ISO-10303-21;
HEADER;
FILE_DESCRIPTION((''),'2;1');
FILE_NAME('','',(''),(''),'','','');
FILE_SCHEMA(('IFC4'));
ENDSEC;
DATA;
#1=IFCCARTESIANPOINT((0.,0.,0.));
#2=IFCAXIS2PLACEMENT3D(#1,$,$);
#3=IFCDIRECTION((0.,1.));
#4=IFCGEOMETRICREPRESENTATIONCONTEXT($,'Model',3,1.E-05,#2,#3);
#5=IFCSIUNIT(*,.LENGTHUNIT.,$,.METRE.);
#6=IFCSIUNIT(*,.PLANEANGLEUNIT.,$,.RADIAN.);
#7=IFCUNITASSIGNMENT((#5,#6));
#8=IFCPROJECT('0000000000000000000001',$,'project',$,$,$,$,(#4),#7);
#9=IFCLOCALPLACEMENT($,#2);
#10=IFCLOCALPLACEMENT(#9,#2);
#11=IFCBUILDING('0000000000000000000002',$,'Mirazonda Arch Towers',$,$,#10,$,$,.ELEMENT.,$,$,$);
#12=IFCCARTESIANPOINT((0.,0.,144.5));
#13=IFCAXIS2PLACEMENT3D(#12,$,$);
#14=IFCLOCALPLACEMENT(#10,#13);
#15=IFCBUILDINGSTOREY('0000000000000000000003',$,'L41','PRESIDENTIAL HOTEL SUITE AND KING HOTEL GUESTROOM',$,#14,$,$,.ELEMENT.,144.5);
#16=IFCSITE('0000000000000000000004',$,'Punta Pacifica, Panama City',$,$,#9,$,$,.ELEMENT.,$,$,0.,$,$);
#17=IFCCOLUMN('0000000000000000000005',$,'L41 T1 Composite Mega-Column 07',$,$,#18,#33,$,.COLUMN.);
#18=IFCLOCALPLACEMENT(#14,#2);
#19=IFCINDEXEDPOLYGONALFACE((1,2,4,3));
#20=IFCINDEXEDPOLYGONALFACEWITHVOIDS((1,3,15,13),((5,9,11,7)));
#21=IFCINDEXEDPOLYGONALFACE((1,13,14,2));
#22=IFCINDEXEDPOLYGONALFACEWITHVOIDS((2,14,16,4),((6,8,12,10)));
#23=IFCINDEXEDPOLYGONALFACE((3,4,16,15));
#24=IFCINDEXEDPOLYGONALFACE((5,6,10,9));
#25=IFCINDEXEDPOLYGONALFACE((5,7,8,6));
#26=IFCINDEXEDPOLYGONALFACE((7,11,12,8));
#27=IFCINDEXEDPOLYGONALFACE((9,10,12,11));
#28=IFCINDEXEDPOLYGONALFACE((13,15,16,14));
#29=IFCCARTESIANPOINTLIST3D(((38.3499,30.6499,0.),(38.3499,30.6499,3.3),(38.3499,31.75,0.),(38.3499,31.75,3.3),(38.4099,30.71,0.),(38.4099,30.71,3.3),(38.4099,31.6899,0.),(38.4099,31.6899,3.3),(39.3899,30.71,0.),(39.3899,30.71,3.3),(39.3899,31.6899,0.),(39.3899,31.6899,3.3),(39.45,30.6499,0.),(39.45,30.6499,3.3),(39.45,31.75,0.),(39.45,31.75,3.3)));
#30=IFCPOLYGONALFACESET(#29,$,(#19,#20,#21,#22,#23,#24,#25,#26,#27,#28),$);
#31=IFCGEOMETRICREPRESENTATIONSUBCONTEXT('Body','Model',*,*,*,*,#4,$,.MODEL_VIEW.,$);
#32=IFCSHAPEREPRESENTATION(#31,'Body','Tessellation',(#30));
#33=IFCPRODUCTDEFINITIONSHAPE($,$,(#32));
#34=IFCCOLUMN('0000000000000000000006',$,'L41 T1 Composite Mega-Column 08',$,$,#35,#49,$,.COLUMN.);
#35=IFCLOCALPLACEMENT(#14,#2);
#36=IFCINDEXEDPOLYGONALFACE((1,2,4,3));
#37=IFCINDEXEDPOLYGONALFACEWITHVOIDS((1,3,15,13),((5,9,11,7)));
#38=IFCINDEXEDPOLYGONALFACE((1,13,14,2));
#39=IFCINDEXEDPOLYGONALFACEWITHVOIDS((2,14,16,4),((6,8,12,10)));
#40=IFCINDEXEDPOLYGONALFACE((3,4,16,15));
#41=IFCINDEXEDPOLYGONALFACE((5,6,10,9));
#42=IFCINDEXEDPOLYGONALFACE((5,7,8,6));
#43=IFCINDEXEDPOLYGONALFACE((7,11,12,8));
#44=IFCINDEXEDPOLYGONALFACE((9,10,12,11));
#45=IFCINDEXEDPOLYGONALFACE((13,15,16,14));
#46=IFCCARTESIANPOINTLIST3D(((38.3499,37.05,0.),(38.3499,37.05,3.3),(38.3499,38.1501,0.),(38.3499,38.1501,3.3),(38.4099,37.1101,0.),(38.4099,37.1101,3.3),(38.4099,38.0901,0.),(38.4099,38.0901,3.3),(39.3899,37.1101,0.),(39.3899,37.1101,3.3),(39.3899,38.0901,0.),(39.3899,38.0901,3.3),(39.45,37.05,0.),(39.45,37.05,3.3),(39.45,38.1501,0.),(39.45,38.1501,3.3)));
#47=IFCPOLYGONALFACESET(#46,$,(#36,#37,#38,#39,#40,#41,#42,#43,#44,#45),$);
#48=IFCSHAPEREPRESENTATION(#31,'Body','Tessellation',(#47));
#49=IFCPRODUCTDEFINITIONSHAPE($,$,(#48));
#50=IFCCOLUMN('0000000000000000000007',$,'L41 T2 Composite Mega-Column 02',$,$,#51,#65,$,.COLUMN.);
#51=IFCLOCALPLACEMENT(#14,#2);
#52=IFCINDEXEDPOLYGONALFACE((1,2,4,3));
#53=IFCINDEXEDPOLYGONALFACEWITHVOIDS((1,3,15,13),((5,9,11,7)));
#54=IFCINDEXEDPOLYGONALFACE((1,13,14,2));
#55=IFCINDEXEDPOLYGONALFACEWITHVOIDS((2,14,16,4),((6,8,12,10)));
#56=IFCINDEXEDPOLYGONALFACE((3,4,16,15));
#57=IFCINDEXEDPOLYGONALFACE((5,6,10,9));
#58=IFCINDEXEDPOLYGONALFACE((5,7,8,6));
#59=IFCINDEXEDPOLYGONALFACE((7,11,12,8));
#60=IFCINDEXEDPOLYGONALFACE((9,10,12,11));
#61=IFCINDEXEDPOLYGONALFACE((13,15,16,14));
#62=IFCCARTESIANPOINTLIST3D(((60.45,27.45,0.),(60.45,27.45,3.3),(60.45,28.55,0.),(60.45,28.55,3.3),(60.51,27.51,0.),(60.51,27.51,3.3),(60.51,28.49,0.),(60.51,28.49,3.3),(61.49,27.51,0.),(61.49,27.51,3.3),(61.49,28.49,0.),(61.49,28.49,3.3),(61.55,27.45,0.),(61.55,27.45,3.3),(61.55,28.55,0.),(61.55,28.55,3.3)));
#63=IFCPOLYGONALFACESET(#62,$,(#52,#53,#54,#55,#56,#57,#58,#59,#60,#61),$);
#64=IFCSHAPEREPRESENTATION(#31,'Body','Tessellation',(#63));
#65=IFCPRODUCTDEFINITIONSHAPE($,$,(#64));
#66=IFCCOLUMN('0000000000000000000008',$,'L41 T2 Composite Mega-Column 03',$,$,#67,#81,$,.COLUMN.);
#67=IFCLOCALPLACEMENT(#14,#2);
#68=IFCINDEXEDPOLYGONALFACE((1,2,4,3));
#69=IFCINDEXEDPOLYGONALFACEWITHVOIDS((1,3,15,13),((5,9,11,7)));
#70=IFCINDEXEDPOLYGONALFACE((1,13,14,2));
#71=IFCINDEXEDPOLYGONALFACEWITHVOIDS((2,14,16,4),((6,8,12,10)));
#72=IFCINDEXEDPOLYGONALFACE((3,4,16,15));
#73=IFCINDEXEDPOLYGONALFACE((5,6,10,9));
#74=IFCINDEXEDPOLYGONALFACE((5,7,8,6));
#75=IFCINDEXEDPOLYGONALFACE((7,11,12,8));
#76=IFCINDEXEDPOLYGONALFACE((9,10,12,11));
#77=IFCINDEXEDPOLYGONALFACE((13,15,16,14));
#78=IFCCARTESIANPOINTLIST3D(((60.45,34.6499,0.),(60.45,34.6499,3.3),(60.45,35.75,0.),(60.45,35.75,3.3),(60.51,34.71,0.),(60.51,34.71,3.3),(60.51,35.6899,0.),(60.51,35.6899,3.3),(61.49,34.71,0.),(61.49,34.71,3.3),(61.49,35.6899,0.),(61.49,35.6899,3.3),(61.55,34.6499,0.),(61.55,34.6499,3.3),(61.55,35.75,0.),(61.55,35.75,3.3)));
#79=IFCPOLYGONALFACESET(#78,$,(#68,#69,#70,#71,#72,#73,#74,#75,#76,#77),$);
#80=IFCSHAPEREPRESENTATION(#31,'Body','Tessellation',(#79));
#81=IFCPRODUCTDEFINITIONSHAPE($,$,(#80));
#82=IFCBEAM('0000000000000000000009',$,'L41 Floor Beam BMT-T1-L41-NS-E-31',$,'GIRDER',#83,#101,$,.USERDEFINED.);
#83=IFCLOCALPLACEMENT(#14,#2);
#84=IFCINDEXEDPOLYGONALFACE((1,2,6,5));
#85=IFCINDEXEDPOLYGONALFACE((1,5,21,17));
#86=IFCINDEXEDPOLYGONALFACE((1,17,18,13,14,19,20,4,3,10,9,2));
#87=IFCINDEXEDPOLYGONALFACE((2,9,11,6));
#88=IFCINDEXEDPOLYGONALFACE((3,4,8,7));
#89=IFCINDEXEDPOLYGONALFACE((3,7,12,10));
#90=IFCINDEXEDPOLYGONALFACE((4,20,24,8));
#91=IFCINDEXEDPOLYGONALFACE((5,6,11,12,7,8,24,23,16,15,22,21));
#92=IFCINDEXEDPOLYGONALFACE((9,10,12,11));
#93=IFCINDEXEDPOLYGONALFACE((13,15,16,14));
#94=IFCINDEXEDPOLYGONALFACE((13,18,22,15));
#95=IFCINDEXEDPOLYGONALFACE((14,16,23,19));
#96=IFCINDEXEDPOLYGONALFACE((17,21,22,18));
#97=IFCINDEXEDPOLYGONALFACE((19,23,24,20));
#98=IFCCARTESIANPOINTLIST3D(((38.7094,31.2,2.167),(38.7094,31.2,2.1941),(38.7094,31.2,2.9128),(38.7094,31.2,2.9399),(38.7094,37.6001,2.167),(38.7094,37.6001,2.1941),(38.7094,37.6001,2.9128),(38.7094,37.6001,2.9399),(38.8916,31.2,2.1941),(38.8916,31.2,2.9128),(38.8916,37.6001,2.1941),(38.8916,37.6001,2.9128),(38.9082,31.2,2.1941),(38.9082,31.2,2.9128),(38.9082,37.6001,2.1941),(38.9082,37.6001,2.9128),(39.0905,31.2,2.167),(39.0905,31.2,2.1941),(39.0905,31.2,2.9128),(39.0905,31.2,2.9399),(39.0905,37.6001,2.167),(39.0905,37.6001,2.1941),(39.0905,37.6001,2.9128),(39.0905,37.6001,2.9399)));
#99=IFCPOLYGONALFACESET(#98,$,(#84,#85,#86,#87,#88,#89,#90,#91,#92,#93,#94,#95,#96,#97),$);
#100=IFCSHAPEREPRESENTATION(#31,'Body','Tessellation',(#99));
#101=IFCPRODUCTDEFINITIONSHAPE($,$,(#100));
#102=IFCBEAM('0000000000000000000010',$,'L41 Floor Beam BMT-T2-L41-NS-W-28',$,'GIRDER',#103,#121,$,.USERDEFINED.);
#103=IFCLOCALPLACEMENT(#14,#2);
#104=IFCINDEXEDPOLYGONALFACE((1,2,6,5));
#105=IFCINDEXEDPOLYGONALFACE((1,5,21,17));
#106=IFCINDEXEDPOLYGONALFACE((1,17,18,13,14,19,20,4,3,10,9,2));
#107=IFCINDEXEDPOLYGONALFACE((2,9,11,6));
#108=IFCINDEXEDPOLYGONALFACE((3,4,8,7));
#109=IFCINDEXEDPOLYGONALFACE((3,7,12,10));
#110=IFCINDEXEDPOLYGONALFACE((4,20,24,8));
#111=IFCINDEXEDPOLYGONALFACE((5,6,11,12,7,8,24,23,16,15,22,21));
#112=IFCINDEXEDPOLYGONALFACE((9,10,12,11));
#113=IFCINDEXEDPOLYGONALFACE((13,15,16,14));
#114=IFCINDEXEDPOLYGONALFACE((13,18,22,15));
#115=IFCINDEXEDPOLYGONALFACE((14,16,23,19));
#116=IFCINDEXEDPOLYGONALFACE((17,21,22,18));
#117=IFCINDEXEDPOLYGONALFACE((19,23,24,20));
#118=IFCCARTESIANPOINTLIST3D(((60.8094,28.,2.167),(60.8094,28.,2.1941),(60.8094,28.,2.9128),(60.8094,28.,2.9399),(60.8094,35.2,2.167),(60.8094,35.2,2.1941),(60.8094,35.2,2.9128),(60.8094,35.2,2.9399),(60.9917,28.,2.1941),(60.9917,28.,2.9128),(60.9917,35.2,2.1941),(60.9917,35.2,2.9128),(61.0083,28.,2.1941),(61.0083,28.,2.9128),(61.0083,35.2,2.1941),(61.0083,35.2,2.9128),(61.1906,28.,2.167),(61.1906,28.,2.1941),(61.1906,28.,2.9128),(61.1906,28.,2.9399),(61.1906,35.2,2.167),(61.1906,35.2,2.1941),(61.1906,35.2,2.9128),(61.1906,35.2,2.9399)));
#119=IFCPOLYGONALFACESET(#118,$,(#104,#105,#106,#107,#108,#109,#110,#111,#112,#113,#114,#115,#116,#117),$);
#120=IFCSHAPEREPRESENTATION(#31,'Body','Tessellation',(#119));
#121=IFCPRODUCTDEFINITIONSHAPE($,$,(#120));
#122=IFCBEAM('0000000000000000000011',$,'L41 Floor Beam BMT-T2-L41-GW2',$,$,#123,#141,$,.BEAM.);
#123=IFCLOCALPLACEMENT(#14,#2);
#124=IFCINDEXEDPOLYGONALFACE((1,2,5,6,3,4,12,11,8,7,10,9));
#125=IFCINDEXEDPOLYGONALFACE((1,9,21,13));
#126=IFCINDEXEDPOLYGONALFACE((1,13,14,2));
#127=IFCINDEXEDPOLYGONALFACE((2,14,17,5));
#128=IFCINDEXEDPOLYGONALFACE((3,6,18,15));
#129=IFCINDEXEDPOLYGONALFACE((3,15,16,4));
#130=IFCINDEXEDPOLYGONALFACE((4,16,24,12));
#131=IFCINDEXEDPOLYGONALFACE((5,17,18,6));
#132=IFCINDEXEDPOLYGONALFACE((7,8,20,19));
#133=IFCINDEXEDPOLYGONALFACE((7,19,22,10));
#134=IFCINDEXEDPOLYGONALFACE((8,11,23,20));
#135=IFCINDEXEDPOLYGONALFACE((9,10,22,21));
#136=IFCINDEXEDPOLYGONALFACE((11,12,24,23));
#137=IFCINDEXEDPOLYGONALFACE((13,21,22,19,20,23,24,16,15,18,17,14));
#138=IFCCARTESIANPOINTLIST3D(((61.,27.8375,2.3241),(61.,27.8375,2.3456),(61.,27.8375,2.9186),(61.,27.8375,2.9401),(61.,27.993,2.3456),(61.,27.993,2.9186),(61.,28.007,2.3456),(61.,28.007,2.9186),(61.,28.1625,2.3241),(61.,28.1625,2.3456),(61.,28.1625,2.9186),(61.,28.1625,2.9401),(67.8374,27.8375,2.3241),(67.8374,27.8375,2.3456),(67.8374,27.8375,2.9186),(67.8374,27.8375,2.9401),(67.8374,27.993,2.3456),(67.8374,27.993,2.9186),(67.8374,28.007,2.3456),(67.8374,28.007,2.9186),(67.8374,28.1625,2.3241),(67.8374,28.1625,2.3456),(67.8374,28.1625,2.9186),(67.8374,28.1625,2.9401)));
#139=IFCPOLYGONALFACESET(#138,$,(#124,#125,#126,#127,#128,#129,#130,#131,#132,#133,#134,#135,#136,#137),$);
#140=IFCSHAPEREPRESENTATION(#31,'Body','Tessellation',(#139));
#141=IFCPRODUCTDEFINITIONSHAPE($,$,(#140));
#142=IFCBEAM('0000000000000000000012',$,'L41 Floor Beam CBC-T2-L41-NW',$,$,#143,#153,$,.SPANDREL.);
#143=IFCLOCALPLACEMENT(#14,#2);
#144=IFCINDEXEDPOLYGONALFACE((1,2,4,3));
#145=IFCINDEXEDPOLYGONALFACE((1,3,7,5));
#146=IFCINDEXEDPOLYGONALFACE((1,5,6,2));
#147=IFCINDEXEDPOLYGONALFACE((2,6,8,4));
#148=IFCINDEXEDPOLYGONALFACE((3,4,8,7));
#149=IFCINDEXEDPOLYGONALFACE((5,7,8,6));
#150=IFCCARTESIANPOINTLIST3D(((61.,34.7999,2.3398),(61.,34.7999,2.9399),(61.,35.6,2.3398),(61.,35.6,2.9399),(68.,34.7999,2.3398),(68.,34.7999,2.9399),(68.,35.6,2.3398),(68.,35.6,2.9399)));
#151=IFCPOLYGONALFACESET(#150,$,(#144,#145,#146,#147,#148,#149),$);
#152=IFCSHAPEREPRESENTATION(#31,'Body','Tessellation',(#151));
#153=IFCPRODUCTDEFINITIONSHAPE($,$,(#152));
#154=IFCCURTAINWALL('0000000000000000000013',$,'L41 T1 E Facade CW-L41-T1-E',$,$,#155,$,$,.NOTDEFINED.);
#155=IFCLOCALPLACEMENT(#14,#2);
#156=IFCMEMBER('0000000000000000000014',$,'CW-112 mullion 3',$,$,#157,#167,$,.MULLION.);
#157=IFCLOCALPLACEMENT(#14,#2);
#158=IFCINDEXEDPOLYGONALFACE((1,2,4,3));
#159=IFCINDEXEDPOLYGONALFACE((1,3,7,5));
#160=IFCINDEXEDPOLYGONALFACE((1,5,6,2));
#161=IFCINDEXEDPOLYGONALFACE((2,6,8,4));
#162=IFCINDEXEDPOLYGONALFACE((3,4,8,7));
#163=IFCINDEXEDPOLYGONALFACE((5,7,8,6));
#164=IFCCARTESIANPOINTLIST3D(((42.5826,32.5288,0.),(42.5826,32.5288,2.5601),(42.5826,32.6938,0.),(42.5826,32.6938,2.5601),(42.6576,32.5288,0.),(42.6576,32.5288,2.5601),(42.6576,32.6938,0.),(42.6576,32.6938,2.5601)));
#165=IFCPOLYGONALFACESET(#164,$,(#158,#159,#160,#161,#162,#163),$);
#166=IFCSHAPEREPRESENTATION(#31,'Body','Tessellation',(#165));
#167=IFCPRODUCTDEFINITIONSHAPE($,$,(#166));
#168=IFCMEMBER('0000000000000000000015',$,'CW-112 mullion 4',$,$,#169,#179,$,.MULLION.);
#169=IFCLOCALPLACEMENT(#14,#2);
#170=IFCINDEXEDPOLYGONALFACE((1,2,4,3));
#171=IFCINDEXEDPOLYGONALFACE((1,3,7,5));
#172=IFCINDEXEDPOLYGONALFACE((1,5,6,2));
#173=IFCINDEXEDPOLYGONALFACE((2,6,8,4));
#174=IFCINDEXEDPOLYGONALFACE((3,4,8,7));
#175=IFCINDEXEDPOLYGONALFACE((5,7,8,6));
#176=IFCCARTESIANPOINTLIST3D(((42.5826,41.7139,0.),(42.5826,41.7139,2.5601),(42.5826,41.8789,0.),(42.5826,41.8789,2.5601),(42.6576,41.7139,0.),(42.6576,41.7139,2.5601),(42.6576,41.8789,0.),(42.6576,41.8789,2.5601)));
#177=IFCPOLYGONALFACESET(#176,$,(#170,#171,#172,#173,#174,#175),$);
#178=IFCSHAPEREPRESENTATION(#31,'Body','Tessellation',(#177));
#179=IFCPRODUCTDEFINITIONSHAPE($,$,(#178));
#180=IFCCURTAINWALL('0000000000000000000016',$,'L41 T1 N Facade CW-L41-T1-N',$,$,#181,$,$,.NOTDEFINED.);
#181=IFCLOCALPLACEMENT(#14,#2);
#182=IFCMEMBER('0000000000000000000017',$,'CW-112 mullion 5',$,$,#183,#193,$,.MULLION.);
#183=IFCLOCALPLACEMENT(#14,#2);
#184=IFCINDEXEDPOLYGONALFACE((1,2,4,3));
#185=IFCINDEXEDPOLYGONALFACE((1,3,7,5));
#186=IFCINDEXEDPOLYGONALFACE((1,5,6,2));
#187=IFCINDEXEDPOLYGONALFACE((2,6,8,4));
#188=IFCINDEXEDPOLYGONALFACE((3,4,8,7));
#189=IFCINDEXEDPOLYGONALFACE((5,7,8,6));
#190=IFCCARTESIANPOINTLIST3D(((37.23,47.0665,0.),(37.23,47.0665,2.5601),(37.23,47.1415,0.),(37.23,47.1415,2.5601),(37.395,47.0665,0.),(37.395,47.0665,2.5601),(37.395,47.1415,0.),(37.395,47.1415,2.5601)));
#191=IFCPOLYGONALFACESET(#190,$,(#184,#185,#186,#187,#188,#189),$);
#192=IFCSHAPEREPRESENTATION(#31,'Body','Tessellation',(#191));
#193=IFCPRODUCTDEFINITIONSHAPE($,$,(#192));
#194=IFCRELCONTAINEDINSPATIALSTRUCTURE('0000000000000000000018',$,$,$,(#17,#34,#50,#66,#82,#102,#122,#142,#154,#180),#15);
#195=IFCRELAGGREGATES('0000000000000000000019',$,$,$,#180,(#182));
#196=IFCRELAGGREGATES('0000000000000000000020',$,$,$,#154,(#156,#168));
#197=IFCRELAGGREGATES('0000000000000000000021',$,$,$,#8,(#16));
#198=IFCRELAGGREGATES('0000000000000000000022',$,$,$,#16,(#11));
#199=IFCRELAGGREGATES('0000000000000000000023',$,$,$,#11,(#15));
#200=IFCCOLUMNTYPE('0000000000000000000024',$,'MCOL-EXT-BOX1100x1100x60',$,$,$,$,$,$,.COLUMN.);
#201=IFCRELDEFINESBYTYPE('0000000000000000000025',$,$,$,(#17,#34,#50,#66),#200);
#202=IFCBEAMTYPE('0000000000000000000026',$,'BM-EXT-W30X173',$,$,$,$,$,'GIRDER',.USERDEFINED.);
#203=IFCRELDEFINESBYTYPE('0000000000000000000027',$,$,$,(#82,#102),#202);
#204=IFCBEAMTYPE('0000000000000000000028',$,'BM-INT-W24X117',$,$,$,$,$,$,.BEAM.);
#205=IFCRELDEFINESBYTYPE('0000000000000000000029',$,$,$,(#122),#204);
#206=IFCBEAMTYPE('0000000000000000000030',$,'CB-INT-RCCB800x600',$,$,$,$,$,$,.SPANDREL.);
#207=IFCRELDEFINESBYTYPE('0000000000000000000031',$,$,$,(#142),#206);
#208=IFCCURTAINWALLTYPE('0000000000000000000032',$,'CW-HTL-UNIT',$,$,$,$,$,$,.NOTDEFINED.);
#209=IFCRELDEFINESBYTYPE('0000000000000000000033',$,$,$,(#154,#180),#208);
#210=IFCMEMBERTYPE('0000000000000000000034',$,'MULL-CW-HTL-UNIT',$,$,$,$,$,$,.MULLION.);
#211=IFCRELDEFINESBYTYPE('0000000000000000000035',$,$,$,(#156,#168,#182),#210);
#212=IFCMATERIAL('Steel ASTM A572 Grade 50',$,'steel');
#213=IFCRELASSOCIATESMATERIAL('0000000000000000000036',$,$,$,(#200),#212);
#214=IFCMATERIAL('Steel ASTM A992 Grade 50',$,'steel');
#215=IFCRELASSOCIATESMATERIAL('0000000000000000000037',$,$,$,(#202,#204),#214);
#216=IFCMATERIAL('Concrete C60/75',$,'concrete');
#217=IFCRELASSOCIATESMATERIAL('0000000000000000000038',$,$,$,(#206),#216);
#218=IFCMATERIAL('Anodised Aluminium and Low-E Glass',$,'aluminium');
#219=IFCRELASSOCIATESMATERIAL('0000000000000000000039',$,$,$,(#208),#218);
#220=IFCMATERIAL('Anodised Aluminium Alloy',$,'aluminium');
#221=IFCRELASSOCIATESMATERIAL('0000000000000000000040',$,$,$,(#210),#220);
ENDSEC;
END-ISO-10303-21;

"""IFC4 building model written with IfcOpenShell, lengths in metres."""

from ifc_helpers import new_model, si_unit, direction, frame, origin, origin_2d, place, context, subcontext, project, spatial, rectangle, hollow_rectangle, i_section, extrude, material, material_profile, profile_set, type_object, element, aggregate, save


model = new_model("IFC4")

# Units and contexts
model_context = context("Model", 3, precision=1e-05, world=origin(), true_north=direction((0.0, 1.0)))
body_context = subcontext(model_context, "Body", "Model", "MODEL_VIEW")
ifc_project = project(units=[si_unit("LENGTHUNIT", "METRE"), si_unit("PLANEANGLEUNIT", "RADIAN")], contexts=[model_context])

# Site, building, storey
site_placement = place(None, origin())
site = spatial("IfcSite", under=ifc_project, at=site_placement, Name="Punta Pacifica, Panama City", CompositionType="ELEMENT", RefElevation=0.0)
building_placement = place(site_placement, origin())
building = spatial("IfcBuilding", under=site, at=building_placement, Name="Mirazonda Arch Towers", CompositionType="ELEMENT")
storey_placement = place(building_placement, frame((0.0, 0.0, 144.5)))
storey = spatial("IfcBuildingStorey", under=building, at=storey_placement, Name="L41", Description="PRESIDENTIAL HOTEL SUITE AND KING HOTEL GUESTROOM", CompositionType="ELEMENT", Elevation=144.5)

# Columns
ifc_material_1 = material(Name="Steel ASTM A572 Grade 50", Category="steel")
ifc_material_profile_1 = material_profile(ifc_material_1, hollow_rectangle(XDim=1.1001, YDim=1.1001, WallThickness=0.0601, at=origin_2d()), Name="BOX1100x1100x60")
ifc_profile_set_1 = profile_set([ifc_material_profile_1], Name="Steel ASTM A572 Grade 50")
column_type = type_object("IfcColumnType", Name="MCOL-EXT-BOX1100x1100x60", PredefinedType="COLUMN", material=ifc_profile_set_1)
for number, where, z_axis, x_axis, name in (
    (1, (38.8999, 31.2, 0.0), (0.0, 0.0, 1.0), (1.0, 0.0, 0.0), "L41 T1 Composite Mega-Column 07"),
    (2, (38.8999, 37.6001, 0.0), (0.0, 0.0, 1.0), (1.0, 0.0, 0.0), "L41 T1 Composite Mega-Column 08"),
    (3, (61.0, 28.0, 0.0), (0.0, 0.0, 1.0), (1.0, 0.0, 0.0), "L41 T2 Composite Mega-Column 02"),
    (4, (61.0, 35.2, 0.0), (0.0, 0.0, 1.0), (1.0, 0.0, 0.0), "L41 T2 Composite Mega-Column 03"),
):
    element("IfcColumn", number, at=place(storey_placement, frame(where, z_axis=z_axis, x_axis=x_axis)), inside=storey, type_object=column_type, Name=name, PredefinedType="COLUMN", context=body_context, shape_type="SweptSolid", body=[
        extrude(hollow_rectangle(XDim=1.1001, YDim=1.1001, WallThickness=0.0601, at=origin_2d()), origin(), (0.0, 0.0, 1.0), 3.3),
    ])

# Beams
ifc_material_2 = material(Name="Steel ASTM A992 Grade 50", Category="steel")
ifc_material_profile_2 = material_profile(ifc_material_2, i_section(OverallWidth=0.3811, OverallDepth=0.7729, WebThickness=0.0166, FlangeThickness=0.0271, at=origin_2d()), Name="W30X173")
ifc_profile_set_2 = profile_set([ifc_material_profile_2], Name="Steel ASTM A992 Grade 50")
beam_type_1 = type_object("IfcBeamType", Name="BM-EXT-W30X173", ElementType="GIRDER", PredefinedType="USERDEFINED", material=ifc_profile_set_2)
beam_1_placement = place(storey_placement, frame((38.8999, 31.2, 2.5535), z_axis=(0.0, 1.0, 0.0), x_axis=(-1.0, 0.0, 0.0)))
element("IfcBeam", 5, at=beam_1_placement, inside=storey, type_object=beam_type_1, Name="L41 Floor Beam BMT-T1-L41-NS-E-31", ObjectType="GIRDER", PredefinedType="USERDEFINED", context=body_context, shape_type="SweptSolid", body=[
    extrude(i_section(OverallWidth=0.3811, OverallDepth=0.7729, WebThickness=0.0166, FlangeThickness=0.0271, at=origin_2d()), origin(), (0.0, 0.0, 1.0), 6.4001),
])
beam_2_placement = place(storey_placement, frame((61.0, 28.0, 2.5535), z_axis=(0.0, 1.0, 0.0), x_axis=(-1.0, 0.0, 0.0)))
element("IfcBeam", 6, at=beam_2_placement, inside=storey, type_object=beam_type_1, Name="L41 Floor Beam BMT-T2-L41-NS-W-28", ObjectType="GIRDER", PredefinedType="USERDEFINED", context=body_context, shape_type="SweptSolid", body=[
    extrude(i_section(OverallWidth=0.3811, OverallDepth=0.7729, WebThickness=0.0166, FlangeThickness=0.0271, at=origin_2d()), origin(), (0.0, 0.0, 1.0), 7.2),
])
ifc_material_profile_3 = material_profile(ifc_material_2, i_section(OverallWidth=0.325, OverallDepth=0.616, WebThickness=0.0139, FlangeThickness=0.0215, at=origin_2d()), Name="W24X117")
ifc_profile_set_3 = profile_set([ifc_material_profile_3], Name="Steel ASTM A992 Grade 50")
beam_type_2 = type_object("IfcBeamType", Name="BM-INT-W24X117", PredefinedType="BEAM", material=ifc_profile_set_3)
beam_3_placement = place(storey_placement, frame((61.0, 28.0, 2.6321), z_axis=(1.0, 0.0, 0.0), x_axis=(0.0, 1.0, 0.0)))
element("IfcBeam", 7, at=beam_3_placement, inside=storey, type_object=beam_type_2, Name="L41 Floor Beam BMT-T2-L41-GW2", PredefinedType="BEAM", context=body_context, shape_type="SweptSolid", body=[
    extrude(i_section(OverallWidth=0.325, OverallDepth=0.616, WebThickness=0.0139, FlangeThickness=0.0215, at=origin_2d()), origin(), (0.0, 0.0, 1.0), 6.8374),
])
ifc_material_3 = material(Name="Concrete C60/75", Category="concrete")
ifc_material_profile_4 = material_profile(ifc_material_3, rectangle(XDim=0.8, YDim=0.6001, at=origin_2d()), Name="RCCB800x600")
ifc_profile_set_4 = profile_set([ifc_material_profile_4], Name="Concrete C60/75")
beam_type_3 = type_object("IfcBeamType", Name="CB-INT-RCCB800x600", PredefinedType="SPANDREL", material=ifc_profile_set_4)
beam_4_placement = place(storey_placement, frame((61.0, 35.2, 2.6399), z_axis=(1.0, 0.0, 0.0), x_axis=(0.0, 1.0, 0.0)))
element("IfcBeam", 8, at=beam_4_placement, inside=storey, type_object=beam_type_3, Name="L41 Floor Beam CBC-T2-L41-NW", PredefinedType="SPANDREL", context=body_context, shape_type="SweptSolid", body=[
    extrude(rectangle(XDim=0.8, YDim=0.6001, at=origin_2d()), origin(), (0.0, 0.0, 1.0), 7.0),
])

# Curtain wall, members
ifc_material_4 = material(Name="Anodised Aluminium and Low-E Glass", Category="aluminium")
curtain_wall_type = type_object("IfcCurtainWallType", Name="CW-HTL-UNIT", PredefinedType="NOTDEFINED", material=ifc_material_4)
curtain_wall_1_placement = place(storey_placement, origin())
curtain_wall_1 = element("IfcCurtainWall", 9, at=curtain_wall_1_placement, inside=storey, type_object=curtain_wall_type, Name="L41 T1 E Facade CW-L41-T1-E", PredefinedType="NOTDEFINED")
ifc_material_5 = material(Name="Anodised Aluminium Alloy", Category="aluminium")
ifc_material_profile_5 = material_profile(ifc_material_5, rectangle(XDim=0.075, YDim=0.165, at=origin_2d()), Name="ALU-MULL-75x165")
ifc_profile_set_5 = profile_set([ifc_material_profile_5], Name="Anodised Aluminium Alloy")
member_type_1 = type_object("IfcMemberType", Name="MULL-CW-HTL-UNIT", PredefinedType="MULLION", material=ifc_profile_set_5)
member_1_placement = place(storey_placement, frame((42.6201, 32.6113, 0.0), z_axis=(0.0, 0.0, 1.0), x_axis=(-1.0, 0.0, 0.0)))
member_1 = element("IfcMember", 10, at=member_1_placement, type_object=member_type_1, Name="CW-112 mullion 3", PredefinedType="MULLION", context=body_context, shape_type="SweptSolid", body=[
    extrude(rectangle(XDim=0.075, YDim=0.165, at=origin_2d()), origin(), (0.0, 0.0, 1.0), 2.5601),
])
member_2_placement = place(storey_placement, frame((42.6201, 41.7964, 0.0), z_axis=(0.0, 0.0, 1.0), x_axis=(-1.0, 0.0, 0.0)))
member_2 = element("IfcMember", 11, at=member_2_placement, type_object=member_type_1, Name="CW-112 mullion 4", PredefinedType="MULLION", context=body_context, shape_type="SweptSolid", body=[
    extrude(rectangle(XDim=0.075, YDim=0.165, at=origin_2d()), origin(), (0.0, 0.0, 1.0), 2.5601),
])

# Curtain wall, member
curtain_wall_2_placement = place(storey_placement, origin())
curtain_wall_2 = element("IfcCurtainWall", 12, at=curtain_wall_2_placement, inside=storey, type_object=curtain_wall_type, Name="L41 T1 N Facade CW-L41-T1-N", PredefinedType="NOTDEFINED")
member_3_placement = place(storey_placement, frame((37.3125, 47.104, 0.0), z_axis=(0.0, 0.0, 1.0), x_axis=(0.0, 1.0, 0.0)))
member_3 = element("IfcMember", 13, at=member_3_placement, type_object=member_type_1, Name="CW-112 mullion 5", PredefinedType="MULLION", context=body_context, shape_type="SweptSolid", body=[
    extrude(rectangle(XDim=0.075, YDim=0.165, at=origin_2d()), origin(), (0.0, 0.0, 1.0), 2.5601),
])
aggregate(curtain_wall_2, [member_3])

aggregate(curtain_wall_1, [member_1, member_2])

save(model, "model.ifc")
